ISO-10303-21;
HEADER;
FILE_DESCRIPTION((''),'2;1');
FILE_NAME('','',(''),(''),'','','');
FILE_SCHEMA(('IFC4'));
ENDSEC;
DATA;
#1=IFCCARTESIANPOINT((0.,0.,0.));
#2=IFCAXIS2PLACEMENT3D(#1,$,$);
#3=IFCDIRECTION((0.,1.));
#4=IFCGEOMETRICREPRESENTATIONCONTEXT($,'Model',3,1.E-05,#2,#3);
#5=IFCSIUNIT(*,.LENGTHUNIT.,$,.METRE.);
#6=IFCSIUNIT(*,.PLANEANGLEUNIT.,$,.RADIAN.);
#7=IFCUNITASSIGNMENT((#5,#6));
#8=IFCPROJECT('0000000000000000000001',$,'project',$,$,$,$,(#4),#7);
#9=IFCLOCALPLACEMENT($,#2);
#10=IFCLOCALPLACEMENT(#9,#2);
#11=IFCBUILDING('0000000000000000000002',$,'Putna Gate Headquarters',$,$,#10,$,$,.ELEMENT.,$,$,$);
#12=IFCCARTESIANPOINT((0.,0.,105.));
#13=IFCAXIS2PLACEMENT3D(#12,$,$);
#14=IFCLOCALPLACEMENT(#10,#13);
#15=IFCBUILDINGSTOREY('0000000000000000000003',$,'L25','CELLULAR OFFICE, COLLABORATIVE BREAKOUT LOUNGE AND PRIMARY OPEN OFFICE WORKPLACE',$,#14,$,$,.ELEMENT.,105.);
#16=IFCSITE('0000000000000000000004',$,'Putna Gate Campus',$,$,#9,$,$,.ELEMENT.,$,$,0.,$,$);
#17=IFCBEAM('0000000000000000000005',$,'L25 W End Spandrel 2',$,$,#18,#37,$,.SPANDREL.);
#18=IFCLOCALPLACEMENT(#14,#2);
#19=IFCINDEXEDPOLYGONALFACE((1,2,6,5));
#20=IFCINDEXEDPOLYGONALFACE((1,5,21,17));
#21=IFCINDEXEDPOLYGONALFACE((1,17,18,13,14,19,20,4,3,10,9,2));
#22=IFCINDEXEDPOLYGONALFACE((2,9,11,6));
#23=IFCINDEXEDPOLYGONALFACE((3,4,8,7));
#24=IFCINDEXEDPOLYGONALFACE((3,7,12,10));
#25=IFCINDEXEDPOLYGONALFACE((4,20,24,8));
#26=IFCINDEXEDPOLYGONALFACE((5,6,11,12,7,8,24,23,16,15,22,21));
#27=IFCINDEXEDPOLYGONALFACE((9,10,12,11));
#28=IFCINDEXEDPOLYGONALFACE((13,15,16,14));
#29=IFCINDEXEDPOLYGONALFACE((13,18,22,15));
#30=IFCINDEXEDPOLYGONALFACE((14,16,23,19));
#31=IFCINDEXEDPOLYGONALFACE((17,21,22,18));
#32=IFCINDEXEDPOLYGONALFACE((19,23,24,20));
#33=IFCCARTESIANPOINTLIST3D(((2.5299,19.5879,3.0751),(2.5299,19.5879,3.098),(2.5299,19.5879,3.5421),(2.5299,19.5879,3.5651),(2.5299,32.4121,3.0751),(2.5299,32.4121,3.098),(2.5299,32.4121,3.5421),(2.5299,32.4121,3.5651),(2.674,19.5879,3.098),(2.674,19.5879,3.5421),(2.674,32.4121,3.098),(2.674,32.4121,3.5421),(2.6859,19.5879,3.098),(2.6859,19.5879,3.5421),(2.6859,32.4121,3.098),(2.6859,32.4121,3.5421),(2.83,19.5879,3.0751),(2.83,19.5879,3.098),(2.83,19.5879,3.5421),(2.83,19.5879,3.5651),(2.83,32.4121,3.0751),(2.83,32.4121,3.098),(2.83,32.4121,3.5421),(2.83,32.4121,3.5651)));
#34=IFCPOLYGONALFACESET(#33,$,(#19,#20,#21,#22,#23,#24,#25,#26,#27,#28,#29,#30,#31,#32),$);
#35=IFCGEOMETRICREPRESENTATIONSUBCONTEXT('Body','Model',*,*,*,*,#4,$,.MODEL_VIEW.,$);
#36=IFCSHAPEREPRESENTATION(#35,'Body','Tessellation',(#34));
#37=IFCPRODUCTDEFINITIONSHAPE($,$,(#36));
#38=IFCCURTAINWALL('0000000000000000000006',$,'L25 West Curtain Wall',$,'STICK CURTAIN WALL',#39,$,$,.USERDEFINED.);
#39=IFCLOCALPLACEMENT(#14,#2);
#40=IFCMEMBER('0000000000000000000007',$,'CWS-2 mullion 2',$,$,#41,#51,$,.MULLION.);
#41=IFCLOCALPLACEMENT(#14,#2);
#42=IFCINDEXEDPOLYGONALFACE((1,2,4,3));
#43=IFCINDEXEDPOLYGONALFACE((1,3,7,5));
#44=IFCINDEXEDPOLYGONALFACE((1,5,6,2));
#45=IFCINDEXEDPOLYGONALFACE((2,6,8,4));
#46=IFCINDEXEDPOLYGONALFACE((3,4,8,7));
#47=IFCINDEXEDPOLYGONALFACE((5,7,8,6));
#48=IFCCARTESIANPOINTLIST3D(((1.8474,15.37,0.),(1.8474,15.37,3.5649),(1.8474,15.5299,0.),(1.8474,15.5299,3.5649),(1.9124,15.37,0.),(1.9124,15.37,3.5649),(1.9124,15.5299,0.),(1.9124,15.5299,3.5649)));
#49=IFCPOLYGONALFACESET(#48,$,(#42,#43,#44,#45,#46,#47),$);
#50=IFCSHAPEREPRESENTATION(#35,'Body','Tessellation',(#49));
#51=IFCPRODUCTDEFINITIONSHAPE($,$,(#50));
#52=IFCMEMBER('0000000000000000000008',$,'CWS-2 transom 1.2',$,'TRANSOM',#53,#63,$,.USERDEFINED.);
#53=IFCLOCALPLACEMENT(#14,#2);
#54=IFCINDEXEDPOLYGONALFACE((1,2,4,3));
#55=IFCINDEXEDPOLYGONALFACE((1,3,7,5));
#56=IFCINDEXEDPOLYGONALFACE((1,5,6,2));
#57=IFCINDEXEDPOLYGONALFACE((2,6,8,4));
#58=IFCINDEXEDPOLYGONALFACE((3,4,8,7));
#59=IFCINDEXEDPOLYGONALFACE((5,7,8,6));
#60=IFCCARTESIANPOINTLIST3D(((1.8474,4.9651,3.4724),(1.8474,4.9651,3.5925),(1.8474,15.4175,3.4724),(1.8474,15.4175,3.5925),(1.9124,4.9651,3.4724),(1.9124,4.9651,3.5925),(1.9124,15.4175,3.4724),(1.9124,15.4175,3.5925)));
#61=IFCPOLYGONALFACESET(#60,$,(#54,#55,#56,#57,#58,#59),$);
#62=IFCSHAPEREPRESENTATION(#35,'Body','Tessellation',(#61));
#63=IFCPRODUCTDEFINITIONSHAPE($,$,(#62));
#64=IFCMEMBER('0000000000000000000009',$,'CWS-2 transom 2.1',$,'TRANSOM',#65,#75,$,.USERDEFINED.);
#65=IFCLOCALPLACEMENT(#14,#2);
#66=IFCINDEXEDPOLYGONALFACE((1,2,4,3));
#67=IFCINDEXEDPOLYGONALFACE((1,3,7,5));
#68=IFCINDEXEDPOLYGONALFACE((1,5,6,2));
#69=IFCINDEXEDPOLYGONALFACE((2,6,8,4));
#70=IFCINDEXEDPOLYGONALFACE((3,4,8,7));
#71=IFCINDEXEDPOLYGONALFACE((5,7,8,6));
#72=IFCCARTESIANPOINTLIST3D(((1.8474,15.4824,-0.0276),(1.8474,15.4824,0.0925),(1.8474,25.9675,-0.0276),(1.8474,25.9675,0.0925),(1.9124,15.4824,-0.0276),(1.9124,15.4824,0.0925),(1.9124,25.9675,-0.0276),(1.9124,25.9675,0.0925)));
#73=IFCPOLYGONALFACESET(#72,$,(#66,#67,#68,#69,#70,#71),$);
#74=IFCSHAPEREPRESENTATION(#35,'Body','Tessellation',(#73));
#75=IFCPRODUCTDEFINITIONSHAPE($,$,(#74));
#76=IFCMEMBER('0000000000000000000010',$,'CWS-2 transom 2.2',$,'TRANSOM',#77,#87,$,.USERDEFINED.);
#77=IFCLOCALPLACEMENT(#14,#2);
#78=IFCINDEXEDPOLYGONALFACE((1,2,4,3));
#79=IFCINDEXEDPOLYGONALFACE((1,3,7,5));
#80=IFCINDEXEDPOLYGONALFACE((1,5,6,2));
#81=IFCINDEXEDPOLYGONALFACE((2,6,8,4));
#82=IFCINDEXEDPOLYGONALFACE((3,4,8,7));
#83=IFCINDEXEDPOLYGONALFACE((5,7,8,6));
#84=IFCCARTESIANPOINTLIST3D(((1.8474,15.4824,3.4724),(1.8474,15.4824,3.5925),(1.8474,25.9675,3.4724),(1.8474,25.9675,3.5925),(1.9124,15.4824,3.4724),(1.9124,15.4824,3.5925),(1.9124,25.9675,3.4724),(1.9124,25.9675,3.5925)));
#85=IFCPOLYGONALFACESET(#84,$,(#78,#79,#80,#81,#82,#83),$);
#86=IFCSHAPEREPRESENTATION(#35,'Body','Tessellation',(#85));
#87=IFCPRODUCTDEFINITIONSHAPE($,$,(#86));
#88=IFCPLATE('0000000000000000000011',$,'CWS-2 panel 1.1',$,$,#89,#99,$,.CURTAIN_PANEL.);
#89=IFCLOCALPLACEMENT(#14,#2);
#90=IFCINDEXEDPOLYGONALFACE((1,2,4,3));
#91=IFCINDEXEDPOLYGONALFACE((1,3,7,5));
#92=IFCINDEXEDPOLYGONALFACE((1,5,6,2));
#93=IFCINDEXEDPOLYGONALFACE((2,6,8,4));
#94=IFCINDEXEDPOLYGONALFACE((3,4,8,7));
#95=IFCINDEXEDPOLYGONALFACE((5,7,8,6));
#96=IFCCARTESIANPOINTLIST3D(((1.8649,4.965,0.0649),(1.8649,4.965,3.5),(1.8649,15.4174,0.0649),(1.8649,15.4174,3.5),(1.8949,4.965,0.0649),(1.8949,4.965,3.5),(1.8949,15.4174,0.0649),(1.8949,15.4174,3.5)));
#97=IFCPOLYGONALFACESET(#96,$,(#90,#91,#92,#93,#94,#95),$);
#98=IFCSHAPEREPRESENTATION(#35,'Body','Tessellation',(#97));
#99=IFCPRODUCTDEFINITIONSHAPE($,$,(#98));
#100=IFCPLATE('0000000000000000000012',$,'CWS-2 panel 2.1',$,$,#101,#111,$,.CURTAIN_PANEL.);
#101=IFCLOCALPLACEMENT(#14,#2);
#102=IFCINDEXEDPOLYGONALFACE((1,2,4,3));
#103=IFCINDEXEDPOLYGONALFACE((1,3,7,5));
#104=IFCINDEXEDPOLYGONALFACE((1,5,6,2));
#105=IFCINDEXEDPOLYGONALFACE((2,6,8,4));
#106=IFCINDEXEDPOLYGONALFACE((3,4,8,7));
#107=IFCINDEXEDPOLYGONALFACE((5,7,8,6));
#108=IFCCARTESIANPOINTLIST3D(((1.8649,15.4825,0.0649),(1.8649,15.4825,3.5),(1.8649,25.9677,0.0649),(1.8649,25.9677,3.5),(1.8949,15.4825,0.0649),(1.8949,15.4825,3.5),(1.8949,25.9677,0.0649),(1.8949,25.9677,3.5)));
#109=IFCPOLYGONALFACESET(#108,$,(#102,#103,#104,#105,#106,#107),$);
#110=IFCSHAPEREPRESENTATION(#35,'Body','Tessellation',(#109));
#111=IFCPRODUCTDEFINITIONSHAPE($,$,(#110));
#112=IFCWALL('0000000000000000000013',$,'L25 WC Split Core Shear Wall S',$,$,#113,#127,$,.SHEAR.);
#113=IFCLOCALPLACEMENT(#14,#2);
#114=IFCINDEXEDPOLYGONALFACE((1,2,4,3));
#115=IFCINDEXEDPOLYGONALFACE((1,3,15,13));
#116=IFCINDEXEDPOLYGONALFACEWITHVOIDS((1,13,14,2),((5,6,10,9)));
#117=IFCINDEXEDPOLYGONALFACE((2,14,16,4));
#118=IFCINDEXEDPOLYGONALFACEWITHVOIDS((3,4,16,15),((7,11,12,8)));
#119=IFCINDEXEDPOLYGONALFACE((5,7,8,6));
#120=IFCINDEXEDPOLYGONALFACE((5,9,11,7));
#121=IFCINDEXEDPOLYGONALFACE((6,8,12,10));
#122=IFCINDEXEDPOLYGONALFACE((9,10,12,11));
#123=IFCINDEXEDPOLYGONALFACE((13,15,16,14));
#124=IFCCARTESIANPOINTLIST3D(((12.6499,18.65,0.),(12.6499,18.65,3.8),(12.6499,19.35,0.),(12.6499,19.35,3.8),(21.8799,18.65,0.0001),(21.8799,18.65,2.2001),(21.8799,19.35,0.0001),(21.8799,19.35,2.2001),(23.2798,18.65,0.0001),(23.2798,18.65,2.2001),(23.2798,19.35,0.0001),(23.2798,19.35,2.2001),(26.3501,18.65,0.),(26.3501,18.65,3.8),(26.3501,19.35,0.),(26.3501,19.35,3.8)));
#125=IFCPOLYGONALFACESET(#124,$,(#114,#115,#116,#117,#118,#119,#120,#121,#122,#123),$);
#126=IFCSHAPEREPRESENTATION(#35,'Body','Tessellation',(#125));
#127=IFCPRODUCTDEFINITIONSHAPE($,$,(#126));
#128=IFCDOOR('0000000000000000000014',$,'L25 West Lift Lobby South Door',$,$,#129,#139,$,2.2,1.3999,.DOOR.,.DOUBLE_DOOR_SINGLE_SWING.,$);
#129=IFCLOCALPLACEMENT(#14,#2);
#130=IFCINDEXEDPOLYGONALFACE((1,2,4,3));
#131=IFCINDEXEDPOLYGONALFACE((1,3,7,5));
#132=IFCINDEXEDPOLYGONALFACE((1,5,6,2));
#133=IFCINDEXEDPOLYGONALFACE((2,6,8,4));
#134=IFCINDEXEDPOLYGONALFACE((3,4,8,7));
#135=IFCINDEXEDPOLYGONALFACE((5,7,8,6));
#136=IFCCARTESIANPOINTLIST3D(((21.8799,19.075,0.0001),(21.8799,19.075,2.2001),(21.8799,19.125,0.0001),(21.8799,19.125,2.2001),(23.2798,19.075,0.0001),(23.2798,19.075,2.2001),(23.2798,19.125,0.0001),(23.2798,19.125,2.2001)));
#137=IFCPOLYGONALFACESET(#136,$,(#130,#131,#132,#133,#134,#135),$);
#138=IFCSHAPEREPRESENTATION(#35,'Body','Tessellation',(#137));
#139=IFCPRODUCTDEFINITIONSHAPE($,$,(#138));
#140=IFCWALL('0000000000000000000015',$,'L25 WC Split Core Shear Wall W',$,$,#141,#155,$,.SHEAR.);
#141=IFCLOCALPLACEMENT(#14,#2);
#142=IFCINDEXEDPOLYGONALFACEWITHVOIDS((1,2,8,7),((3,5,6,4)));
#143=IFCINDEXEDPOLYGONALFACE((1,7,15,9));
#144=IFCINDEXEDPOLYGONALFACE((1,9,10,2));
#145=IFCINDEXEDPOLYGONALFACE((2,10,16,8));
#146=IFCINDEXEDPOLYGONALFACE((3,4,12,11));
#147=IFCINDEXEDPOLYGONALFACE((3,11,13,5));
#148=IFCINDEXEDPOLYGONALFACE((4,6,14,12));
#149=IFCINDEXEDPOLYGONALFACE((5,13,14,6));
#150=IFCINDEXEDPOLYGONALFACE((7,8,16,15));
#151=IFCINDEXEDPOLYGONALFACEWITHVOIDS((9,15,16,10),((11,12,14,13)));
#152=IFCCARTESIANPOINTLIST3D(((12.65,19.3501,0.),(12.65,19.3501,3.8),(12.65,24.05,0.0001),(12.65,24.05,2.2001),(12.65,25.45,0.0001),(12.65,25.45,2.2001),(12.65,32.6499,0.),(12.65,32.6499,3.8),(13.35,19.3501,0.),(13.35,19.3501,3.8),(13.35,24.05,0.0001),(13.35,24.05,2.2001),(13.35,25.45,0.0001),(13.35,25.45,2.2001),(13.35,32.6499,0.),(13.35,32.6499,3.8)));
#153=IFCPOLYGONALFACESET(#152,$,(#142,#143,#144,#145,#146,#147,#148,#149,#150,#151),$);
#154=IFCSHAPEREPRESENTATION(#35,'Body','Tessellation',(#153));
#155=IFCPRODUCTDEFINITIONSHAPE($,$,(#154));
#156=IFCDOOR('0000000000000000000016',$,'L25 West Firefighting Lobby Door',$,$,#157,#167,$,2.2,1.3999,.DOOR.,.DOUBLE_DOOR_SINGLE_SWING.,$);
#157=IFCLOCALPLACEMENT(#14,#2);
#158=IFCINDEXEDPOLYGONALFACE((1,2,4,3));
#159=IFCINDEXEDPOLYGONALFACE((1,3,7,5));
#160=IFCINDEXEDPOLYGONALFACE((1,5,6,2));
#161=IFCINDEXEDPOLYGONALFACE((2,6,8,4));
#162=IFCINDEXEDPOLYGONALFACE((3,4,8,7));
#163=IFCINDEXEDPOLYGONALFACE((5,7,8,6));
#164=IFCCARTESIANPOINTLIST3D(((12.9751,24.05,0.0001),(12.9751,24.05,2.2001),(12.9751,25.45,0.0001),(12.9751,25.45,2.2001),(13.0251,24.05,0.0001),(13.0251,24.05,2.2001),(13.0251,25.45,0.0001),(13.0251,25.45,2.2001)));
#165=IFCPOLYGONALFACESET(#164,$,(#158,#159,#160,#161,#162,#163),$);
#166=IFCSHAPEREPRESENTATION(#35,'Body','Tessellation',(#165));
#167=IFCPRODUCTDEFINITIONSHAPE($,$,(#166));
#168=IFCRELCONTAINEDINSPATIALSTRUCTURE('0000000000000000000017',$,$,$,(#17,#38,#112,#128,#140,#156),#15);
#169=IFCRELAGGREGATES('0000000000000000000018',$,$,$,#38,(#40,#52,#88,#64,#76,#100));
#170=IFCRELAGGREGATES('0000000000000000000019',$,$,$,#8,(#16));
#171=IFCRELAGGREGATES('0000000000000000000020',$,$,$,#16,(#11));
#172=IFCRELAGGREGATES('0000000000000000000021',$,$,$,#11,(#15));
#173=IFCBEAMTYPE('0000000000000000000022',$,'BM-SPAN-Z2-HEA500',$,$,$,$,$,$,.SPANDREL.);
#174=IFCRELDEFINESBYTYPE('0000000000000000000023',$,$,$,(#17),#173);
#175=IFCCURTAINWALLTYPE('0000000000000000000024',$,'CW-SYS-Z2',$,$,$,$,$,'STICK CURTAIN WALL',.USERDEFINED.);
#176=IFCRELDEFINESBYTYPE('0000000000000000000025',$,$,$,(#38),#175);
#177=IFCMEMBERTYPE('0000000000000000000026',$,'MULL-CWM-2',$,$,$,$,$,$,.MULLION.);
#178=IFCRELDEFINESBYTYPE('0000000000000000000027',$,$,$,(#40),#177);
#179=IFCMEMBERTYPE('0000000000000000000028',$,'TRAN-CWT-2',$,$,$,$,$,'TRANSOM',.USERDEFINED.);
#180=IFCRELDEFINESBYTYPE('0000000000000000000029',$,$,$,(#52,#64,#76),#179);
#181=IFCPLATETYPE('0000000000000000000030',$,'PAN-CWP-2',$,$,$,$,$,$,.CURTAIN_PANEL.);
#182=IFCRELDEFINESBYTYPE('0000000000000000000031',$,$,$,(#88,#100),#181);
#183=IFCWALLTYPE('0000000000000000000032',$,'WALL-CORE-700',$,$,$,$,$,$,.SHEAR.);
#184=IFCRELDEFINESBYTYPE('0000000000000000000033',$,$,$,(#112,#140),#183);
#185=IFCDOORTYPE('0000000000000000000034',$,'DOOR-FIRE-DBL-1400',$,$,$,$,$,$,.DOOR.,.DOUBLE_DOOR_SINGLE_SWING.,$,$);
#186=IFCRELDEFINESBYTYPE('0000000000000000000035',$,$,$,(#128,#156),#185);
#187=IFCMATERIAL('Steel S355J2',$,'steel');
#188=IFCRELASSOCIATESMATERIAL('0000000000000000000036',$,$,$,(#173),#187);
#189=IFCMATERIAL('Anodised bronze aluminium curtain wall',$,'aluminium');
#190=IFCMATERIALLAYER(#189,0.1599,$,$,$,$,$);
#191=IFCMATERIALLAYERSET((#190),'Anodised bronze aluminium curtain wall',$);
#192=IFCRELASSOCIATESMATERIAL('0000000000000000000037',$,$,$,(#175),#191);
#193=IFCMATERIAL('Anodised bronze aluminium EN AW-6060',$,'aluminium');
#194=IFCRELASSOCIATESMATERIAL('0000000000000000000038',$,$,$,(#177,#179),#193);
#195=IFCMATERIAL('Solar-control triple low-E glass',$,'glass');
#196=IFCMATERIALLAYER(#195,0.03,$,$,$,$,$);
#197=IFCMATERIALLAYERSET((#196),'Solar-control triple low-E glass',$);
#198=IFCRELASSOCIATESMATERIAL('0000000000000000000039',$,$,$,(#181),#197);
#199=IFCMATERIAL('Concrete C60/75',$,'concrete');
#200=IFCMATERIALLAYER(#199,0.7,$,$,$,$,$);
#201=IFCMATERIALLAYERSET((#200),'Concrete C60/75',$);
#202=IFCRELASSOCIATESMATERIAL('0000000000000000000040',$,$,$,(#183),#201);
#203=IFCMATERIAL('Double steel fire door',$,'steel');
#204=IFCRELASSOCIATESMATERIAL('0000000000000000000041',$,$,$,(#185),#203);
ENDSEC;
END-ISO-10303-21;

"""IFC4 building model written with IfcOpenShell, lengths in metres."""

from ifc_helpers import new_model, si_unit, direction, frame, frame_2d, origin, origin_2d, place, context, subcontext, project, spatial, rectangle, i_section, extrude, material, layer, layer_set, material_profile, profile_set, type_object, element, fill, aggregate, save


model = new_model("IFC4")

# Units and contexts
model_context = context("Model", 3, precision=1e-05, world=origin(), true_north=direction((0.0, 1.0)))
body_context = subcontext(model_context, "Body", "Model", "MODEL_VIEW")
ifc_project = project(units=[si_unit("LENGTHUNIT", "METRE"), si_unit("PLANEANGLEUNIT", "RADIAN")], contexts=[model_context])

# Site, building, storey
site_placement = place(None, origin())
site = spatial("IfcSite", under=ifc_project, at=site_placement, Name="Putna Gate Campus", CompositionType="ELEMENT", RefElevation=0.0)
building_placement = place(site_placement, origin())
building = spatial("IfcBuilding", under=site, at=building_placement, Name="Putna Gate Headquarters", CompositionType="ELEMENT")
storey_placement = place(building_placement, frame((0.0, 0.0, 105.0)))
storey = spatial("IfcBuildingStorey", under=building, at=storey_placement, Name="L25", Description="CELLULAR OFFICE, COLLABORATIVE BREAKOUT LOUNGE AND PRIMARY OPEN OFFICE WORKPLACE", CompositionType="ELEMENT", Elevation=105.0)

# Shared definitions
ifc_material_1 = material(Name="Concrete C60/75", Category="concrete")

# Beam
ifc_material_2 = material(Name="Steel S355J2", Category="steel")
ifc_material_profile_1 = material_profile(ifc_material_2, i_section(OverallWidth=0.3, OverallDepth=0.49, WebThickness=0.012, FlangeThickness=0.0229, at=origin_2d()), Name="Steel S355J2")
ifc_profile_set_1 = profile_set([ifc_material_profile_1], Name="Steel S355J2")
beam_type_1 = type_object("IfcBeamType", Name="BM-SPAN-Z2-HEA500", PredefinedType="SPANDREL", material=ifc_profile_set_1)
beam_1_placement = place(storey_placement, frame((2.6799, 19.5879, 3.3201), z_axis=(0.0, 1.0, 0.0), x_axis=(-1.0, 0.0, 0.0)))
element("IfcBeam", 1, at=beam_1_placement, inside=storey, type_object=beam_type_1, Name="L25 W End Spandrel 2", PredefinedType="SPANDREL", context=body_context, shape_type="SweptSolid", body=[
    extrude(i_section(OverallWidth=0.3, OverallDepth=0.49, WebThickness=0.012, FlangeThickness=0.0229, at=origin_2d()), origin(), (0.0, 0.0, 1.0), 12.8242),
])

# Curtain wall, members, plates
ifc_material_3 = material(Name="Anodised bronze aluminium curtain wall", Category="aluminium")
ifc_layer_1 = layer(ifc_material_3, 0.1599)
ifc_layer_set_1 = layer_set([ifc_layer_1], Name="Anodised bronze aluminium curtain wall")
curtain_wall_type = type_object("IfcCurtainWallType", Name="CW-SYS-Z2", ElementType="STICK CURTAIN WALL", PredefinedType="USERDEFINED", material=ifc_layer_set_1)
curtain_wall_placement = place(storey_placement, origin())
curtain_wall = element("IfcCurtainWall", 2, at=curtain_wall_placement, inside=storey, type_object=curtain_wall_type, Name="L25 West Curtain Wall", ObjectType="STICK CURTAIN WALL", PredefinedType="USERDEFINED")
ifc_material_4 = material(Name="Anodised bronze aluminium EN AW-6060", Category="aluminium")
ifc_material_profile_2 = material_profile(ifc_material_4, rectangle(XDim=0.0649, YDim=0.1599, at=origin_2d()), Name="Anodised bronze aluminium EN AW-6060")
ifc_profile_set_2 = profile_set([ifc_material_profile_2], Name="Anodised bronze aluminium EN AW-6060")
member_type_1 = type_object("IfcMemberType", Name="MULL-CWM-2", PredefinedType="MULLION", material=ifc_profile_set_2)
member_1_placement = place(storey_placement, frame((1.8799, 15.45, 0.0), z_axis=(0.0, 0.0, 1.0), x_axis=(-1.0, 0.0, 0.0)))
member_1 = element("IfcMember", 3, at=member_1_placement, type_object=member_type_1, Name="CWS-2 mullion 2", PredefinedType="MULLION", context=body_context, shape_type="SweptSolid", body=[
    extrude(rectangle(XDim=0.0649, YDim=0.1599, at=origin_2d()), origin(), (0.0, 0.0, 1.0), 3.5649),
])
ifc_material_profile_3 = material_profile(ifc_material_4, rectangle(XDim=0.0649, YDim=0.1201, at=origin_2d()), Name="Anodised bronze aluminium EN AW-6060")
ifc_profile_set_3 = profile_set([ifc_material_profile_3], Name="Anodised bronze aluminium EN AW-6060")
member_type_2 = type_object("IfcMemberType", Name="TRAN-CWT-2", ElementType="TRANSOM", PredefinedType="USERDEFINED", material=ifc_profile_set_3)
member_2_placement = place(storey_placement, frame((1.8799, 4.9651, 3.5325), z_axis=(0.0, 1.0, 0.0), x_axis=(-1.0, 0.0, 0.0)))
member_2 = element("IfcMember", 4, at=member_2_placement, type_object=member_type_2, Name="CWS-2 transom 1.2", ObjectType="TRANSOM", PredefinedType="USERDEFINED", context=body_context, shape_type="SweptSolid", body=[
    extrude(rectangle(XDim=0.0649, YDim=0.1201, at=origin_2d()), origin(), (0.0, 0.0, 1.0), 10.4524),
])
member_3_placement = place(storey_placement, frame((1.8799, 15.4824, 0.0325), z_axis=(0.0, 1.0, 0.0), x_axis=(-1.0, 0.0, 0.0)))
member_3 = element("IfcMember", 5, at=member_3_placement, type_object=member_type_2, Name="CWS-2 transom 2.1", ObjectType="TRANSOM", PredefinedType="USERDEFINED", context=body_context, shape_type="SweptSolid", body=[
    extrude(rectangle(XDim=0.0649, YDim=0.1201, at=origin_2d()), origin(), (0.0, 0.0, 1.0), 10.4851),
])
member_4_placement = place(storey_placement, frame((1.8799, 15.4824, 3.5325), z_axis=(0.0, 1.0, 0.0), x_axis=(-1.0, 0.0, 0.0)))
member_4 = element("IfcMember", 6, at=member_4_placement, type_object=member_type_2, Name="CWS-2 transom 2.2", ObjectType="TRANSOM", PredefinedType="USERDEFINED", context=body_context, shape_type="SweptSolid", body=[
    extrude(rectangle(XDim=0.0649, YDim=0.1201, at=origin_2d()), origin(), (0.0, 0.0, 1.0), 10.4851),
])
ifc_material_5 = material(Name="Solar-control triple low-E glass", Category="glass")
ifc_layer_2 = layer(ifc_material_5, 0.03)
ifc_layer_set_2 = layer_set([ifc_layer_2], Name="Solar-control triple low-E glass")
plate_type = type_object("IfcPlateType", Name="PAN-CWP-2", PredefinedType="CURTAIN_PANEL", material=ifc_layer_set_2)
plate_1_placement = place(storey_placement, frame((1.8799, 10.1912, 0.0649), z_axis=(0.0, 0.0, 1.0), x_axis=(0.0, 1.0, 0.0)))
plate_1 = element("IfcPlate", 7, at=plate_1_placement, type_object=plate_type, Name="CWS-2 panel 1.1", PredefinedType="CURTAIN_PANEL", context=body_context, shape_type="SweptSolid", body=[
    extrude(rectangle(XDim=10.4524, YDim=0.03, at=origin_2d()), origin(), (0.0, 0.0, 1.0), 3.4351),
])
plate_2_placement = place(storey_placement, frame((1.8799, 20.7251, 0.0649), z_axis=(0.0, 0.0, 1.0), x_axis=(0.0, 1.0, 0.0)))
plate_2 = element("IfcPlate", 8, at=plate_2_placement, type_object=plate_type, Name="CWS-2 panel 2.1", PredefinedType="CURTAIN_PANEL", context=body_context, shape_type="SweptSolid", body=[
    extrude(rectangle(XDim=10.4851, YDim=0.03, at=origin_2d()), origin(), (0.0, 0.0, 1.0), 3.4351),
])
aggregate(curtain_wall, [member_1, member_2, plate_1, member_3, member_4, plate_2])

# Walls, openings, doors
ifc_layer_3 = layer(ifc_material_1, 0.7)
ifc_layer_set_3 = layer_set([ifc_layer_3], Name="Concrete C60/75")
wall_type_1 = type_object("IfcWallType", Name="WALL-CORE-700", PredefinedType="SHEAR", material=ifc_layer_set_3)
wall_1_placement = place(storey_placement, frame((12.6499, 19.0, 0.0), z_axis=(0.0, 0.0, 1.0), x_axis=(1.0, 0.0, 0.0)))
wall_1 = element("IfcWall", 9, at=wall_1_placement, inside=storey, type_object=wall_type_1, Name="L25 WC Split Core Shear Wall S", PredefinedType="SHEAR", context=body_context, shape_type="SweptSolid", body=[
    extrude(rectangle(XDim=13.7002, YDim=0.7, at=frame_2d((6.8501, 0.0))), origin(), (0.0, 0.0, 1.0), 3.8),
])
opening_1_placement = place(wall_1_placement, frame((9.23, 0.0, 0.0)))
opening_1 = element("IfcOpeningElement", 10, at=opening_1_placement, cuts=wall_1, PredefinedType="OPENING", context=body_context, shape_type="SweptSolid", body=[
    extrude(rectangle(XDim=1.3999, YDim=2.2, at=frame_2d((0.7, 1.1001))), frame((0.0, 0.3599, 0.0), z_axis=(0.0, -1.0, 0.0), x_axis=(1.0, 0.0, 0.0)), (0.0, 0.0, 1.0), 0.72),
])
ifc_material_6 = material(Name="Double steel fire door", Category="steel")
door_type_1 = type_object("IfcDoorType", Name="DOOR-FIRE-DBL-1400", OperationType="DOUBLE_DOOR_SINGLE_SWING", PredefinedType="DOOR", material=ifc_material_6)
door_1_placement = place(opening_1_placement, origin())
door_1 = element("IfcDoor", 11, at=door_1_placement, inside=storey, type_object=door_type_1, Name="L25 West Lift Lobby South Door", OperationType="DOUBLE_DOOR_SINGLE_SWING", OverallHeight=2.2, OverallWidth=1.3999, PredefinedType="DOOR", context=body_context, shape_type="SweptSolid", body=[
    extrude(rectangle(XDim=1.3999, YDim=2.2, at=frame_2d((0.7, 1.1001))), frame((0.0, 0.125, 0.0), z_axis=(0.0, -1.0, 0.0), x_axis=(1.0, 0.0, 0.0)), (0.0, 0.0, 1.0), 0.05),
])
fill(opening_1, door_1)
wall_2_placement = place(storey_placement, frame((13.0, 19.3501, 0.0), z_axis=(0.0, 0.0, 1.0), x_axis=(0.0, 1.0, 0.0)))
wall_2 = element("IfcWall", 12, at=wall_2_placement, inside=storey, type_object=wall_type_1, Name="L25 WC Split Core Shear Wall W", PredefinedType="SHEAR", context=body_context, shape_type="SweptSolid", body=[
    extrude(rectangle(XDim=13.2998, YDim=0.7, at=frame_2d((6.6499, 0.0))), origin(), (0.0, 0.0, 1.0), 3.8),
])
opening_2_placement = place(wall_2_placement, frame((4.7, 0.0, 0.0)))
opening_2 = element("IfcOpeningElement", 13, at=opening_2_placement, cuts=wall_2, PredefinedType="OPENING", context=body_context, shape_type="SweptSolid", body=[
    extrude(rectangle(XDim=1.3999, YDim=2.2, at=frame_2d((0.7, 1.1001))), frame((0.0, 0.3599, 0.0), z_axis=(0.0, -1.0, 0.0), x_axis=(1.0, 0.0, 0.0)), (0.0, 0.0, 1.0), 0.72),
])
door_2_placement = place(opening_2_placement, origin())
door_2 = element("IfcDoor", 14, at=door_2_placement, inside=storey, type_object=door_type_1, Name="L25 West Firefighting Lobby Door", OperationType="DOUBLE_DOOR_SINGLE_SWING", OverallHeight=2.2, OverallWidth=1.3999, PredefinedType="DOOR", context=body_context, shape_type="SweptSolid", body=[
    extrude(rectangle(XDim=1.3999, YDim=2.2, at=frame_2d((0.7, 1.1001))), frame((0.0, 0.0249, 0.0), z_axis=(0.0, -1.0, 0.0), x_axis=(1.0, 0.0, 0.0)), (0.0, 0.0, 1.0), 0.05),
])
fill(opening_2, door_2)

save(model, "model.ifc")
